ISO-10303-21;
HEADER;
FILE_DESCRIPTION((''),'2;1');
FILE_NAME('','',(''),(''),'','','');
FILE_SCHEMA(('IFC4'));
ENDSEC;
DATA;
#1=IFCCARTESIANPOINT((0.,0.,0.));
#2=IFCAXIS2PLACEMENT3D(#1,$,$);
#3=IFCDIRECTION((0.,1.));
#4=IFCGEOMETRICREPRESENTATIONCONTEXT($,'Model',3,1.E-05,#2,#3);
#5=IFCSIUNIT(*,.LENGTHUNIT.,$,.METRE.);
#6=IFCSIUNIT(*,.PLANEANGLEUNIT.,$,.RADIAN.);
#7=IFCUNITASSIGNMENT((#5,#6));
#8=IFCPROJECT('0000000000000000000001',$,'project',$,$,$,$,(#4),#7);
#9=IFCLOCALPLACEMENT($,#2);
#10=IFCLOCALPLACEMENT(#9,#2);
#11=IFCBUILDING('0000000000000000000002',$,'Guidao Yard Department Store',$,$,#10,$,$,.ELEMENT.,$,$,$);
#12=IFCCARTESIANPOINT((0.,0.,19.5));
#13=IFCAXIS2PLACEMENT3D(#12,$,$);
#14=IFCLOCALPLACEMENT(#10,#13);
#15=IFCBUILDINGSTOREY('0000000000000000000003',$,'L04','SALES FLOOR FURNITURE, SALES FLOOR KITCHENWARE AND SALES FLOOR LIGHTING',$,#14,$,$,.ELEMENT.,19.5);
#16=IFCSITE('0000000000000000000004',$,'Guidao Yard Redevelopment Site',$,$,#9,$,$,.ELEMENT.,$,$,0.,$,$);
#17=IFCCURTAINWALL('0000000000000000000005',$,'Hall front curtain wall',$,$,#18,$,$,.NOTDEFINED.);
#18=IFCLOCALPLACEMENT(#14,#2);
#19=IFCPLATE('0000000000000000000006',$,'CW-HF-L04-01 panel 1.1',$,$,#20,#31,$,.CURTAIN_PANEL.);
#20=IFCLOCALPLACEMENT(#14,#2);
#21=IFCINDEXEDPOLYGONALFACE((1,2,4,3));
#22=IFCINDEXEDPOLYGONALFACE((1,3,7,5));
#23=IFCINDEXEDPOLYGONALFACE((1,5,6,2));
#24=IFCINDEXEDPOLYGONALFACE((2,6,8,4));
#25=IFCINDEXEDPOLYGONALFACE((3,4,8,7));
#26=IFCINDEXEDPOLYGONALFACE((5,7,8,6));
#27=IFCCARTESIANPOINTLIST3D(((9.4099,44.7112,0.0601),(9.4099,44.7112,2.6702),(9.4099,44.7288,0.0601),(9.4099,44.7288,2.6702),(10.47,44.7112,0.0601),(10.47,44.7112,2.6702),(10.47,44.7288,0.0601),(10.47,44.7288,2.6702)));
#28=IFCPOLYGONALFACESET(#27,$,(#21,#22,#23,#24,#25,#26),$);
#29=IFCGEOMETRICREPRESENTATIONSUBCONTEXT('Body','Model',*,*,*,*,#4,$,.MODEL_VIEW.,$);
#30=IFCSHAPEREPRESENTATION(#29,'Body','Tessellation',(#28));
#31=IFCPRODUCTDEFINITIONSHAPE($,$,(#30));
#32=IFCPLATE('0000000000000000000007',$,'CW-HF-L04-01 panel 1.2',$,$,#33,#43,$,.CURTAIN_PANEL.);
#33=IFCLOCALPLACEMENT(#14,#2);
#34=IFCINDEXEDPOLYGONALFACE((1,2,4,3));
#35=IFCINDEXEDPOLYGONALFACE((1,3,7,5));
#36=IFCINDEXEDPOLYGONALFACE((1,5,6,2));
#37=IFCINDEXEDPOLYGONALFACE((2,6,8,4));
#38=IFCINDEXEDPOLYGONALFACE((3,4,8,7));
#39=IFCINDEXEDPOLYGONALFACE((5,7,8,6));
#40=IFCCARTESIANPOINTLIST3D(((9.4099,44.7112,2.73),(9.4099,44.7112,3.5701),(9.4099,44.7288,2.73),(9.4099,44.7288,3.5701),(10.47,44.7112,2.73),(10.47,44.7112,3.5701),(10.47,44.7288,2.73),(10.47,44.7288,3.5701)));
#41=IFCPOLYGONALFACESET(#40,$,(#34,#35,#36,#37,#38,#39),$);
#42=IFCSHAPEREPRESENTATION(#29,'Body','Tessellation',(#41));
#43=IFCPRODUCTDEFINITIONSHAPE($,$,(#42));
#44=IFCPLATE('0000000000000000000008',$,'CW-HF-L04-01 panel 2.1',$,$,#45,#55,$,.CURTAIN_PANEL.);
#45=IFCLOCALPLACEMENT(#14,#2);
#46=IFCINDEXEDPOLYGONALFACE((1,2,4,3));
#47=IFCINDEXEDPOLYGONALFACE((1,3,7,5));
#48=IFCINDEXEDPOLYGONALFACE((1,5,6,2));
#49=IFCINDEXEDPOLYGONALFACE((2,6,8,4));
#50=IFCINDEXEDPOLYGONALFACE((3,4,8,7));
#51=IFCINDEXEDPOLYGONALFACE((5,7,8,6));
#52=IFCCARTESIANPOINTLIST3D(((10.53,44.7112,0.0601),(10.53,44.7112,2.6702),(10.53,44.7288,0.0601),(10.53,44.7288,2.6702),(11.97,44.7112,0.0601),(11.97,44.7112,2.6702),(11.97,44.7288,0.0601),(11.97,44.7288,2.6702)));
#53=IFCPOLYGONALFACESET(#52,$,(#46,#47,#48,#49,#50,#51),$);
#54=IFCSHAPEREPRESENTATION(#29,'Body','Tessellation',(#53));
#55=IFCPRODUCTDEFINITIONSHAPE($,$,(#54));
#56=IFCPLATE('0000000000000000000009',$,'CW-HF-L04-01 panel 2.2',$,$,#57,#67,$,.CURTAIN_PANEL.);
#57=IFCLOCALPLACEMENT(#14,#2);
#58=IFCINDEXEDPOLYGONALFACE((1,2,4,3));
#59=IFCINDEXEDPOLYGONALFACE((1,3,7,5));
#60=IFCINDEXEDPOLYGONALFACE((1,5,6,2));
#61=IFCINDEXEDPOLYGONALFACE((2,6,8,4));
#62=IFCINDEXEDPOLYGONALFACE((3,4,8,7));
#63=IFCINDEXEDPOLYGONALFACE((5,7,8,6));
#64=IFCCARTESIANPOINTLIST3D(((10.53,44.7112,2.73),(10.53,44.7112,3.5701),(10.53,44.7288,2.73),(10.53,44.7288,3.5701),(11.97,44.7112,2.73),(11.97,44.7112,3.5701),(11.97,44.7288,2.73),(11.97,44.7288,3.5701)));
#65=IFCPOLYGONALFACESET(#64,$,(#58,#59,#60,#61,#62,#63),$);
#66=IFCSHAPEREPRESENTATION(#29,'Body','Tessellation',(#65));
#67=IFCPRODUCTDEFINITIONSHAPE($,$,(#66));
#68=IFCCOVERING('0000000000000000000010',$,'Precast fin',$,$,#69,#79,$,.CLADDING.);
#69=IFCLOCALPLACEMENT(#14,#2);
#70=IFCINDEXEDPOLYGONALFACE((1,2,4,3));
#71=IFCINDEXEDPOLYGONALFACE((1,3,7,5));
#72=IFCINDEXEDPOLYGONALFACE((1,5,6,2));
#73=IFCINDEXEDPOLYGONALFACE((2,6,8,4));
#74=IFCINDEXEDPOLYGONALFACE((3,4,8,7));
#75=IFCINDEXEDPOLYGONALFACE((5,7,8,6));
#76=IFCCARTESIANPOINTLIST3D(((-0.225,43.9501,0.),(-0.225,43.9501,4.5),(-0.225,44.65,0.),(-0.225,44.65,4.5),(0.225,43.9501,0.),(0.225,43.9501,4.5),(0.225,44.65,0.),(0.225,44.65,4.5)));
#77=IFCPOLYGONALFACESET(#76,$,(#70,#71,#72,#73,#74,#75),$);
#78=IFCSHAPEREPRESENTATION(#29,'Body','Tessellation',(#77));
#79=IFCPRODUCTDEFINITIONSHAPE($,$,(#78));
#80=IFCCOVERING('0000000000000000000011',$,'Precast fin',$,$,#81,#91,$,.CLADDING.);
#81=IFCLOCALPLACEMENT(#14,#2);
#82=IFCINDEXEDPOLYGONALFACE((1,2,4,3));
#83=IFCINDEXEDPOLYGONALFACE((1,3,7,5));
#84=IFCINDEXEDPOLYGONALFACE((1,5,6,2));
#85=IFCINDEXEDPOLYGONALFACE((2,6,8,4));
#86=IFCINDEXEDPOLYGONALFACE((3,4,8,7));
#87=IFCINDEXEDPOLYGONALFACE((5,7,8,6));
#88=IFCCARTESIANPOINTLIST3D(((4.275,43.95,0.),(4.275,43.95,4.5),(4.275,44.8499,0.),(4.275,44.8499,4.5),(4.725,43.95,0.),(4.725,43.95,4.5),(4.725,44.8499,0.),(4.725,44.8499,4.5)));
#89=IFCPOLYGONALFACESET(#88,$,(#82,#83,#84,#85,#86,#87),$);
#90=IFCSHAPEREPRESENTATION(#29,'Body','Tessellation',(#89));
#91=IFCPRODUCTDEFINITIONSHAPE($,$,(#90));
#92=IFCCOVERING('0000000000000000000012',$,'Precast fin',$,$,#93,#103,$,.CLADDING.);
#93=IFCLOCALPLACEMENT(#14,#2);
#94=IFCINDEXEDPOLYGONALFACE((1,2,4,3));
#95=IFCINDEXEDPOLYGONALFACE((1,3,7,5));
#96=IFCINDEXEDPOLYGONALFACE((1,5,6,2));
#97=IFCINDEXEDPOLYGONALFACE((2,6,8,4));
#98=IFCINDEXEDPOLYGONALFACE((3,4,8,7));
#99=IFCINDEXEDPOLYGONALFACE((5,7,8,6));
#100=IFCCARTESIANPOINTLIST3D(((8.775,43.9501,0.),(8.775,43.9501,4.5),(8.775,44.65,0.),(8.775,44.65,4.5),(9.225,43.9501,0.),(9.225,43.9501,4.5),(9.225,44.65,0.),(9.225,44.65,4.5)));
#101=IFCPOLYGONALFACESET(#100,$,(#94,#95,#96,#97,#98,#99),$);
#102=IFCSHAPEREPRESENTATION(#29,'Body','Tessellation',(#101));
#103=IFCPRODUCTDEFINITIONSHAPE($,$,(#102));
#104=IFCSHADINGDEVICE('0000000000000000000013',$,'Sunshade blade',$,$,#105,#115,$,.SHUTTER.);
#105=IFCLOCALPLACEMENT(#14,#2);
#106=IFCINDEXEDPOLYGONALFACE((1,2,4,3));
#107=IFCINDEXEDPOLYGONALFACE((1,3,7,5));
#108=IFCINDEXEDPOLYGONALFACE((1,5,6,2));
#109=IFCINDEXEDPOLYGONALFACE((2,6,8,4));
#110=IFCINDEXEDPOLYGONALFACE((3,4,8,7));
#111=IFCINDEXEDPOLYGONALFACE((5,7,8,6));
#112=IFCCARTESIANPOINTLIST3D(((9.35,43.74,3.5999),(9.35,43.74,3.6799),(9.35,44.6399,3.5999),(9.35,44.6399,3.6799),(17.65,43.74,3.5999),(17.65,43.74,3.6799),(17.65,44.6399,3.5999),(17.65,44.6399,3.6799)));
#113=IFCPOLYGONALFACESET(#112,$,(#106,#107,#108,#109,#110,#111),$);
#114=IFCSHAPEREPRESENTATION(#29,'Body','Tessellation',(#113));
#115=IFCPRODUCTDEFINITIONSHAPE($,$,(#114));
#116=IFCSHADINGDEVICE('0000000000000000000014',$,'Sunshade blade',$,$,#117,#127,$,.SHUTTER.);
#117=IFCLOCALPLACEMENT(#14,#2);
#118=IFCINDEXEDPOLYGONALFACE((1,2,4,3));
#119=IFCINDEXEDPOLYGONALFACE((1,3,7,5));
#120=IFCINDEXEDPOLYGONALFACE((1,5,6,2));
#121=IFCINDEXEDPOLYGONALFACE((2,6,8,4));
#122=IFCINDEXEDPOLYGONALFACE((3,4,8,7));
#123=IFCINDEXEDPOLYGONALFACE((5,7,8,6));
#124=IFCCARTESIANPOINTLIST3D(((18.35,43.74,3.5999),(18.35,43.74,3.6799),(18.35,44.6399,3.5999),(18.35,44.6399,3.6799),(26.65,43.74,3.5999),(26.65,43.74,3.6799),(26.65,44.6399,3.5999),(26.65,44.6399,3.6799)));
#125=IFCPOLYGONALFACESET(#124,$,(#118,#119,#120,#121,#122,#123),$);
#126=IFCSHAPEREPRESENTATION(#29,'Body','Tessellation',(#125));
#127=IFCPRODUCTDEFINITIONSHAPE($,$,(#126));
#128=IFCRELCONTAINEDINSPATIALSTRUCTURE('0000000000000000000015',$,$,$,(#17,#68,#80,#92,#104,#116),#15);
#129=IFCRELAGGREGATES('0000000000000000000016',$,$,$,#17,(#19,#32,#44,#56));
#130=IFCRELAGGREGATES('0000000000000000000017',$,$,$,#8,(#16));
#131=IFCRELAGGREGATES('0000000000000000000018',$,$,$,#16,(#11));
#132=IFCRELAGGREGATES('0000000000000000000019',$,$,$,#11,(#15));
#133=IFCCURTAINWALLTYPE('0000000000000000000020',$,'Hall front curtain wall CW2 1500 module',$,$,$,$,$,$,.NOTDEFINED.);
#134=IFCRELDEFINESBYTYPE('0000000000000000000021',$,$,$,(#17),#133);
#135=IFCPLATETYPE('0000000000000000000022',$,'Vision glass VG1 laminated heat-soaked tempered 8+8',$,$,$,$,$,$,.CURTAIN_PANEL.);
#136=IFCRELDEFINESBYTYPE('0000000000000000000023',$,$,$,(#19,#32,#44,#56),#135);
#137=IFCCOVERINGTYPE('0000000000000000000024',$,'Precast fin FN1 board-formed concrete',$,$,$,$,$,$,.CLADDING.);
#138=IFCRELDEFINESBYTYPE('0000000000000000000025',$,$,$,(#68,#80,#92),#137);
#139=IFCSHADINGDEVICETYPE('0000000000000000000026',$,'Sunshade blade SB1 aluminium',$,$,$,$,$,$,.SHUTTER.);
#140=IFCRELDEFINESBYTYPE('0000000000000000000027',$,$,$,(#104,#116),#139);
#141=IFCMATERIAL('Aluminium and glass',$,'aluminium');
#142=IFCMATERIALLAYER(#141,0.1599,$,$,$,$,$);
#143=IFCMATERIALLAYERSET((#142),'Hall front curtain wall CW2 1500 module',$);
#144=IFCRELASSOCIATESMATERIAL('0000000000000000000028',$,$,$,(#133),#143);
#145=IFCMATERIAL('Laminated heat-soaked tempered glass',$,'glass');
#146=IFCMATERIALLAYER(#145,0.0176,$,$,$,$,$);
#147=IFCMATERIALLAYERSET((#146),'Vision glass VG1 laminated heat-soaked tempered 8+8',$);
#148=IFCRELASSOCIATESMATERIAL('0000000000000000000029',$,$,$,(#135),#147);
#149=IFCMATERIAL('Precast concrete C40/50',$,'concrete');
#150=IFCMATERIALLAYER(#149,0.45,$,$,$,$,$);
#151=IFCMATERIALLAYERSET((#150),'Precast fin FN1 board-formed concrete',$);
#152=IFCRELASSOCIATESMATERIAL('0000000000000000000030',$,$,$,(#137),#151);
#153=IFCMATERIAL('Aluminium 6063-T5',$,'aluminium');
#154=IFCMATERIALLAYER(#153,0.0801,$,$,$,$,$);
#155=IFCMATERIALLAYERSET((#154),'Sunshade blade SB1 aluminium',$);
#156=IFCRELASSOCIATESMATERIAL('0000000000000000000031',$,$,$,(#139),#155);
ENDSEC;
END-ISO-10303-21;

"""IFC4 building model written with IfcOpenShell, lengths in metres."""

from ifc_helpers import new_model, si_unit, direction, frame, origin, origin_2d, place, context, subcontext, project, spatial, rectangle, extrude, material, layer, layer_set, type_object, element, aggregate, save


model = new_model("IFC4")

# Units and contexts
model_context = context("Model", 3, precision=1e-05, world=origin(), true_north=direction((0.0, 1.0)))
body_context = subcontext(model_context, "Body", "Model", "MODEL_VIEW")
ifc_project = project(units=[si_unit("LENGTHUNIT", "METRE"), si_unit("PLANEANGLEUNIT", "RADIAN")], contexts=[model_context])

# Site, building, storey
site_placement = place(None, origin())
site = spatial("IfcSite", under=ifc_project, at=site_placement, Name="Guidao Yard Redevelopment Site", CompositionType="ELEMENT", RefElevation=0.0)
building_placement = place(site_placement, origin())
building = spatial("IfcBuilding", under=site, at=building_placement, Name="Guidao Yard Department Store", CompositionType="ELEMENT")
storey_placement = place(building_placement, frame((0.0, 0.0, 19.5)))
storey = spatial("IfcBuildingStorey", under=building, at=storey_placement, Name="L04", Description="SALES FLOOR FURNITURE, SALES FLOOR KITCHENWARE AND SALES FLOOR LIGHTING", CompositionType="ELEMENT", Elevation=19.5)

# Curtain wall
ifc_material_1 = material(Name="Aluminium and glass", Category="aluminium")
ifc_layer_1 = layer(ifc_material_1, 0.1599)
ifc_layer_set_1 = layer_set([ifc_layer_1], Name="Hall front curtain wall CW2 1500 module")
curtain_wall_type = type_object("IfcCurtainWallType", Name="Hall front curtain wall CW2 1500 module", PredefinedType="NOTDEFINED", material=ifc_layer_set_1)
curtain_wall_placement = place(storey_placement, origin())
curtain_wall = element("IfcCurtainWall", 1, at=curtain_wall_placement, inside=storey, type_object=curtain_wall_type, Name="Hall front curtain wall", PredefinedType="NOTDEFINED")

# Plates
ifc_material_2 = material(Name="Laminated heat-soaked tempered glass", Category="glass")
ifc_layer_2 = layer(ifc_material_2, 0.0176)
ifc_layer_set_2 = layer_set([ifc_layer_2], Name="Vision glass VG1 laminated heat-soaked tempered 8+8")
plate_type_1 = type_object("IfcPlateType", Name="Vision glass VG1 laminated heat-soaked tempered 8+8", PredefinedType="CURTAIN_PANEL", material=ifc_layer_set_2)
plate_1_placement = place(storey_placement, frame((9.9399, 44.72, 0.0601), z_axis=(0.0, 0.0, 1.0), x_axis=(-1.0, 0.0, 0.0)))
plate_1 = element("IfcPlate", 2, at=plate_1_placement, type_object=plate_type_1, Name="CW-HF-L04-01 panel 1.1", PredefinedType="CURTAIN_PANEL", context=body_context, shape_type="SweptSolid", body=[
    extrude(rectangle(XDim=1.0601, YDim=0.0176, at=origin_2d()), origin(), (0.0, 0.0, 1.0), 2.6101),
])
plate_2_placement = place(storey_placement, frame((9.9399, 44.72, 2.73), z_axis=(0.0, 0.0, 1.0), x_axis=(-1.0, 0.0, 0.0)))
plate_2 = element("IfcPlate", 3, at=plate_2_placement, type_object=plate_type_1, Name="CW-HF-L04-01 panel 1.2", PredefinedType="CURTAIN_PANEL", context=body_context, shape_type="SweptSolid", body=[
    extrude(rectangle(XDim=1.0601, YDim=0.0176, at=origin_2d()), origin(), (0.0, 0.0, 1.0), 0.8401),
])
plate_3_placement = place(storey_placement, frame((11.25, 44.72, 0.0601), z_axis=(0.0, 0.0, 1.0), x_axis=(-1.0, 0.0, 0.0)))
plate_3 = element("IfcPlate", 4, at=plate_3_placement, type_object=plate_type_1, Name="CW-HF-L04-01 panel 2.1", PredefinedType="CURTAIN_PANEL", context=body_context, shape_type="SweptSolid", body=[
    extrude(rectangle(XDim=1.4399, YDim=0.0176, at=origin_2d()), origin(), (0.0, 0.0, 1.0), 2.6101),
])
plate_4_placement = place(storey_placement, frame((11.25, 44.72, 2.73), z_axis=(0.0, 0.0, 1.0), x_axis=(-1.0, 0.0, 0.0)))
plate_4 = element("IfcPlate", 5, at=plate_4_placement, type_object=plate_type_1, Name="CW-HF-L04-01 panel 2.2", PredefinedType="CURTAIN_PANEL", context=body_context, shape_type="SweptSolid", body=[
    extrude(rectangle(XDim=1.4399, YDim=0.0176, at=origin_2d()), origin(), (0.0, 0.0, 1.0), 0.8401),
])
aggregate(curtain_wall, [plate_1, plate_2, plate_3, plate_4])

# Coverings
ifc_material_3 = material(Name="Precast concrete C40/50", Category="concrete")
ifc_layer_3 = layer(ifc_material_3, 0.45)
ifc_layer_set_3 = layer_set([ifc_layer_3], Name="Precast fin FN1 board-formed concrete")
covering_type = type_object("IfcCoveringType", Name="Precast fin FN1 board-formed concrete", PredefinedType="CLADDING", material=ifc_layer_set_3)
covering_1_placement = place(storey_placement, frame((0.0, 44.3, 0.0), z_axis=(0.0, 0.0, 1.0), x_axis=(-1.0, 0.0, 0.0)))
element("IfcCovering", 6, at=covering_1_placement, inside=storey, type_object=covering_type, Name="Precast fin", PredefinedType="CLADDING", context=body_context, shape_type="SweptSolid", body=[
    extrude(rectangle(XDim=0.45, YDim=0.7, at=origin_2d()), origin(), (0.0, 0.0, 1.0), 4.5),
])
covering_2_placement = place(storey_placement, frame((4.5, 44.3999, 0.0), z_axis=(0.0, 0.0, 1.0), x_axis=(-1.0, 0.0, 0.0)))
element("IfcCovering", 7, at=covering_2_placement, inside=storey, type_object=covering_type, Name="Precast fin", PredefinedType="CLADDING", context=body_context, shape_type="SweptSolid", body=[
    extrude(rectangle(XDim=0.45, YDim=0.8999, at=origin_2d()), origin(), (0.0, 0.0, 1.0), 4.5),
])
covering_3_placement = place(storey_placement, frame((9.0, 44.3, 0.0), z_axis=(0.0, 0.0, 1.0), x_axis=(-1.0, 0.0, 0.0)))
element("IfcCovering", 8, at=covering_3_placement, inside=storey, type_object=covering_type, Name="Precast fin", PredefinedType="CLADDING", context=body_context, shape_type="SweptSolid", body=[
    extrude(rectangle(XDim=0.45, YDim=0.7, at=origin_2d()), origin(), (0.0, 0.0, 1.0), 4.5),
])

# Shading devices
ifc_material_4 = material(Name="Aluminium 6063-T5", Category="aluminium")
ifc_layer_4 = layer(ifc_material_4, 0.0801)
ifc_layer_set_4 = layer_set([ifc_layer_4], Name="Sunshade blade SB1 aluminium")
shading_device_type = type_object("IfcShadingDeviceType", Name="Sunshade blade SB1 aluminium", PredefinedType="SHUTTER", material=ifc_layer_set_4)
for number, where, z_axis, x_axis, name in (
    (9, (13.5, 44.1899, 3.5999), (0.0, 0.0, 1.0), (-1.0, 0.0, 0.0), "Sunshade blade"),
    (10, (22.5, 44.1899, 3.5999), (0.0, 0.0, 1.0), (-1.0, 0.0, 0.0), "Sunshade blade"),
):
    element("IfcShadingDevice", number, at=place(storey_placement, frame(where, z_axis=z_axis, x_axis=x_axis)), inside=storey, type_object=shading_device_type, Name=name, PredefinedType="SHUTTER", context=body_context, shape_type="SweptSolid", body=[
        extrude(rectangle(XDim=8.3, YDim=0.8999, at=origin_2d()), origin(), (0.0, 0.0, 1.0), 0.0801),
    ])

save(model, "model.ifc")
